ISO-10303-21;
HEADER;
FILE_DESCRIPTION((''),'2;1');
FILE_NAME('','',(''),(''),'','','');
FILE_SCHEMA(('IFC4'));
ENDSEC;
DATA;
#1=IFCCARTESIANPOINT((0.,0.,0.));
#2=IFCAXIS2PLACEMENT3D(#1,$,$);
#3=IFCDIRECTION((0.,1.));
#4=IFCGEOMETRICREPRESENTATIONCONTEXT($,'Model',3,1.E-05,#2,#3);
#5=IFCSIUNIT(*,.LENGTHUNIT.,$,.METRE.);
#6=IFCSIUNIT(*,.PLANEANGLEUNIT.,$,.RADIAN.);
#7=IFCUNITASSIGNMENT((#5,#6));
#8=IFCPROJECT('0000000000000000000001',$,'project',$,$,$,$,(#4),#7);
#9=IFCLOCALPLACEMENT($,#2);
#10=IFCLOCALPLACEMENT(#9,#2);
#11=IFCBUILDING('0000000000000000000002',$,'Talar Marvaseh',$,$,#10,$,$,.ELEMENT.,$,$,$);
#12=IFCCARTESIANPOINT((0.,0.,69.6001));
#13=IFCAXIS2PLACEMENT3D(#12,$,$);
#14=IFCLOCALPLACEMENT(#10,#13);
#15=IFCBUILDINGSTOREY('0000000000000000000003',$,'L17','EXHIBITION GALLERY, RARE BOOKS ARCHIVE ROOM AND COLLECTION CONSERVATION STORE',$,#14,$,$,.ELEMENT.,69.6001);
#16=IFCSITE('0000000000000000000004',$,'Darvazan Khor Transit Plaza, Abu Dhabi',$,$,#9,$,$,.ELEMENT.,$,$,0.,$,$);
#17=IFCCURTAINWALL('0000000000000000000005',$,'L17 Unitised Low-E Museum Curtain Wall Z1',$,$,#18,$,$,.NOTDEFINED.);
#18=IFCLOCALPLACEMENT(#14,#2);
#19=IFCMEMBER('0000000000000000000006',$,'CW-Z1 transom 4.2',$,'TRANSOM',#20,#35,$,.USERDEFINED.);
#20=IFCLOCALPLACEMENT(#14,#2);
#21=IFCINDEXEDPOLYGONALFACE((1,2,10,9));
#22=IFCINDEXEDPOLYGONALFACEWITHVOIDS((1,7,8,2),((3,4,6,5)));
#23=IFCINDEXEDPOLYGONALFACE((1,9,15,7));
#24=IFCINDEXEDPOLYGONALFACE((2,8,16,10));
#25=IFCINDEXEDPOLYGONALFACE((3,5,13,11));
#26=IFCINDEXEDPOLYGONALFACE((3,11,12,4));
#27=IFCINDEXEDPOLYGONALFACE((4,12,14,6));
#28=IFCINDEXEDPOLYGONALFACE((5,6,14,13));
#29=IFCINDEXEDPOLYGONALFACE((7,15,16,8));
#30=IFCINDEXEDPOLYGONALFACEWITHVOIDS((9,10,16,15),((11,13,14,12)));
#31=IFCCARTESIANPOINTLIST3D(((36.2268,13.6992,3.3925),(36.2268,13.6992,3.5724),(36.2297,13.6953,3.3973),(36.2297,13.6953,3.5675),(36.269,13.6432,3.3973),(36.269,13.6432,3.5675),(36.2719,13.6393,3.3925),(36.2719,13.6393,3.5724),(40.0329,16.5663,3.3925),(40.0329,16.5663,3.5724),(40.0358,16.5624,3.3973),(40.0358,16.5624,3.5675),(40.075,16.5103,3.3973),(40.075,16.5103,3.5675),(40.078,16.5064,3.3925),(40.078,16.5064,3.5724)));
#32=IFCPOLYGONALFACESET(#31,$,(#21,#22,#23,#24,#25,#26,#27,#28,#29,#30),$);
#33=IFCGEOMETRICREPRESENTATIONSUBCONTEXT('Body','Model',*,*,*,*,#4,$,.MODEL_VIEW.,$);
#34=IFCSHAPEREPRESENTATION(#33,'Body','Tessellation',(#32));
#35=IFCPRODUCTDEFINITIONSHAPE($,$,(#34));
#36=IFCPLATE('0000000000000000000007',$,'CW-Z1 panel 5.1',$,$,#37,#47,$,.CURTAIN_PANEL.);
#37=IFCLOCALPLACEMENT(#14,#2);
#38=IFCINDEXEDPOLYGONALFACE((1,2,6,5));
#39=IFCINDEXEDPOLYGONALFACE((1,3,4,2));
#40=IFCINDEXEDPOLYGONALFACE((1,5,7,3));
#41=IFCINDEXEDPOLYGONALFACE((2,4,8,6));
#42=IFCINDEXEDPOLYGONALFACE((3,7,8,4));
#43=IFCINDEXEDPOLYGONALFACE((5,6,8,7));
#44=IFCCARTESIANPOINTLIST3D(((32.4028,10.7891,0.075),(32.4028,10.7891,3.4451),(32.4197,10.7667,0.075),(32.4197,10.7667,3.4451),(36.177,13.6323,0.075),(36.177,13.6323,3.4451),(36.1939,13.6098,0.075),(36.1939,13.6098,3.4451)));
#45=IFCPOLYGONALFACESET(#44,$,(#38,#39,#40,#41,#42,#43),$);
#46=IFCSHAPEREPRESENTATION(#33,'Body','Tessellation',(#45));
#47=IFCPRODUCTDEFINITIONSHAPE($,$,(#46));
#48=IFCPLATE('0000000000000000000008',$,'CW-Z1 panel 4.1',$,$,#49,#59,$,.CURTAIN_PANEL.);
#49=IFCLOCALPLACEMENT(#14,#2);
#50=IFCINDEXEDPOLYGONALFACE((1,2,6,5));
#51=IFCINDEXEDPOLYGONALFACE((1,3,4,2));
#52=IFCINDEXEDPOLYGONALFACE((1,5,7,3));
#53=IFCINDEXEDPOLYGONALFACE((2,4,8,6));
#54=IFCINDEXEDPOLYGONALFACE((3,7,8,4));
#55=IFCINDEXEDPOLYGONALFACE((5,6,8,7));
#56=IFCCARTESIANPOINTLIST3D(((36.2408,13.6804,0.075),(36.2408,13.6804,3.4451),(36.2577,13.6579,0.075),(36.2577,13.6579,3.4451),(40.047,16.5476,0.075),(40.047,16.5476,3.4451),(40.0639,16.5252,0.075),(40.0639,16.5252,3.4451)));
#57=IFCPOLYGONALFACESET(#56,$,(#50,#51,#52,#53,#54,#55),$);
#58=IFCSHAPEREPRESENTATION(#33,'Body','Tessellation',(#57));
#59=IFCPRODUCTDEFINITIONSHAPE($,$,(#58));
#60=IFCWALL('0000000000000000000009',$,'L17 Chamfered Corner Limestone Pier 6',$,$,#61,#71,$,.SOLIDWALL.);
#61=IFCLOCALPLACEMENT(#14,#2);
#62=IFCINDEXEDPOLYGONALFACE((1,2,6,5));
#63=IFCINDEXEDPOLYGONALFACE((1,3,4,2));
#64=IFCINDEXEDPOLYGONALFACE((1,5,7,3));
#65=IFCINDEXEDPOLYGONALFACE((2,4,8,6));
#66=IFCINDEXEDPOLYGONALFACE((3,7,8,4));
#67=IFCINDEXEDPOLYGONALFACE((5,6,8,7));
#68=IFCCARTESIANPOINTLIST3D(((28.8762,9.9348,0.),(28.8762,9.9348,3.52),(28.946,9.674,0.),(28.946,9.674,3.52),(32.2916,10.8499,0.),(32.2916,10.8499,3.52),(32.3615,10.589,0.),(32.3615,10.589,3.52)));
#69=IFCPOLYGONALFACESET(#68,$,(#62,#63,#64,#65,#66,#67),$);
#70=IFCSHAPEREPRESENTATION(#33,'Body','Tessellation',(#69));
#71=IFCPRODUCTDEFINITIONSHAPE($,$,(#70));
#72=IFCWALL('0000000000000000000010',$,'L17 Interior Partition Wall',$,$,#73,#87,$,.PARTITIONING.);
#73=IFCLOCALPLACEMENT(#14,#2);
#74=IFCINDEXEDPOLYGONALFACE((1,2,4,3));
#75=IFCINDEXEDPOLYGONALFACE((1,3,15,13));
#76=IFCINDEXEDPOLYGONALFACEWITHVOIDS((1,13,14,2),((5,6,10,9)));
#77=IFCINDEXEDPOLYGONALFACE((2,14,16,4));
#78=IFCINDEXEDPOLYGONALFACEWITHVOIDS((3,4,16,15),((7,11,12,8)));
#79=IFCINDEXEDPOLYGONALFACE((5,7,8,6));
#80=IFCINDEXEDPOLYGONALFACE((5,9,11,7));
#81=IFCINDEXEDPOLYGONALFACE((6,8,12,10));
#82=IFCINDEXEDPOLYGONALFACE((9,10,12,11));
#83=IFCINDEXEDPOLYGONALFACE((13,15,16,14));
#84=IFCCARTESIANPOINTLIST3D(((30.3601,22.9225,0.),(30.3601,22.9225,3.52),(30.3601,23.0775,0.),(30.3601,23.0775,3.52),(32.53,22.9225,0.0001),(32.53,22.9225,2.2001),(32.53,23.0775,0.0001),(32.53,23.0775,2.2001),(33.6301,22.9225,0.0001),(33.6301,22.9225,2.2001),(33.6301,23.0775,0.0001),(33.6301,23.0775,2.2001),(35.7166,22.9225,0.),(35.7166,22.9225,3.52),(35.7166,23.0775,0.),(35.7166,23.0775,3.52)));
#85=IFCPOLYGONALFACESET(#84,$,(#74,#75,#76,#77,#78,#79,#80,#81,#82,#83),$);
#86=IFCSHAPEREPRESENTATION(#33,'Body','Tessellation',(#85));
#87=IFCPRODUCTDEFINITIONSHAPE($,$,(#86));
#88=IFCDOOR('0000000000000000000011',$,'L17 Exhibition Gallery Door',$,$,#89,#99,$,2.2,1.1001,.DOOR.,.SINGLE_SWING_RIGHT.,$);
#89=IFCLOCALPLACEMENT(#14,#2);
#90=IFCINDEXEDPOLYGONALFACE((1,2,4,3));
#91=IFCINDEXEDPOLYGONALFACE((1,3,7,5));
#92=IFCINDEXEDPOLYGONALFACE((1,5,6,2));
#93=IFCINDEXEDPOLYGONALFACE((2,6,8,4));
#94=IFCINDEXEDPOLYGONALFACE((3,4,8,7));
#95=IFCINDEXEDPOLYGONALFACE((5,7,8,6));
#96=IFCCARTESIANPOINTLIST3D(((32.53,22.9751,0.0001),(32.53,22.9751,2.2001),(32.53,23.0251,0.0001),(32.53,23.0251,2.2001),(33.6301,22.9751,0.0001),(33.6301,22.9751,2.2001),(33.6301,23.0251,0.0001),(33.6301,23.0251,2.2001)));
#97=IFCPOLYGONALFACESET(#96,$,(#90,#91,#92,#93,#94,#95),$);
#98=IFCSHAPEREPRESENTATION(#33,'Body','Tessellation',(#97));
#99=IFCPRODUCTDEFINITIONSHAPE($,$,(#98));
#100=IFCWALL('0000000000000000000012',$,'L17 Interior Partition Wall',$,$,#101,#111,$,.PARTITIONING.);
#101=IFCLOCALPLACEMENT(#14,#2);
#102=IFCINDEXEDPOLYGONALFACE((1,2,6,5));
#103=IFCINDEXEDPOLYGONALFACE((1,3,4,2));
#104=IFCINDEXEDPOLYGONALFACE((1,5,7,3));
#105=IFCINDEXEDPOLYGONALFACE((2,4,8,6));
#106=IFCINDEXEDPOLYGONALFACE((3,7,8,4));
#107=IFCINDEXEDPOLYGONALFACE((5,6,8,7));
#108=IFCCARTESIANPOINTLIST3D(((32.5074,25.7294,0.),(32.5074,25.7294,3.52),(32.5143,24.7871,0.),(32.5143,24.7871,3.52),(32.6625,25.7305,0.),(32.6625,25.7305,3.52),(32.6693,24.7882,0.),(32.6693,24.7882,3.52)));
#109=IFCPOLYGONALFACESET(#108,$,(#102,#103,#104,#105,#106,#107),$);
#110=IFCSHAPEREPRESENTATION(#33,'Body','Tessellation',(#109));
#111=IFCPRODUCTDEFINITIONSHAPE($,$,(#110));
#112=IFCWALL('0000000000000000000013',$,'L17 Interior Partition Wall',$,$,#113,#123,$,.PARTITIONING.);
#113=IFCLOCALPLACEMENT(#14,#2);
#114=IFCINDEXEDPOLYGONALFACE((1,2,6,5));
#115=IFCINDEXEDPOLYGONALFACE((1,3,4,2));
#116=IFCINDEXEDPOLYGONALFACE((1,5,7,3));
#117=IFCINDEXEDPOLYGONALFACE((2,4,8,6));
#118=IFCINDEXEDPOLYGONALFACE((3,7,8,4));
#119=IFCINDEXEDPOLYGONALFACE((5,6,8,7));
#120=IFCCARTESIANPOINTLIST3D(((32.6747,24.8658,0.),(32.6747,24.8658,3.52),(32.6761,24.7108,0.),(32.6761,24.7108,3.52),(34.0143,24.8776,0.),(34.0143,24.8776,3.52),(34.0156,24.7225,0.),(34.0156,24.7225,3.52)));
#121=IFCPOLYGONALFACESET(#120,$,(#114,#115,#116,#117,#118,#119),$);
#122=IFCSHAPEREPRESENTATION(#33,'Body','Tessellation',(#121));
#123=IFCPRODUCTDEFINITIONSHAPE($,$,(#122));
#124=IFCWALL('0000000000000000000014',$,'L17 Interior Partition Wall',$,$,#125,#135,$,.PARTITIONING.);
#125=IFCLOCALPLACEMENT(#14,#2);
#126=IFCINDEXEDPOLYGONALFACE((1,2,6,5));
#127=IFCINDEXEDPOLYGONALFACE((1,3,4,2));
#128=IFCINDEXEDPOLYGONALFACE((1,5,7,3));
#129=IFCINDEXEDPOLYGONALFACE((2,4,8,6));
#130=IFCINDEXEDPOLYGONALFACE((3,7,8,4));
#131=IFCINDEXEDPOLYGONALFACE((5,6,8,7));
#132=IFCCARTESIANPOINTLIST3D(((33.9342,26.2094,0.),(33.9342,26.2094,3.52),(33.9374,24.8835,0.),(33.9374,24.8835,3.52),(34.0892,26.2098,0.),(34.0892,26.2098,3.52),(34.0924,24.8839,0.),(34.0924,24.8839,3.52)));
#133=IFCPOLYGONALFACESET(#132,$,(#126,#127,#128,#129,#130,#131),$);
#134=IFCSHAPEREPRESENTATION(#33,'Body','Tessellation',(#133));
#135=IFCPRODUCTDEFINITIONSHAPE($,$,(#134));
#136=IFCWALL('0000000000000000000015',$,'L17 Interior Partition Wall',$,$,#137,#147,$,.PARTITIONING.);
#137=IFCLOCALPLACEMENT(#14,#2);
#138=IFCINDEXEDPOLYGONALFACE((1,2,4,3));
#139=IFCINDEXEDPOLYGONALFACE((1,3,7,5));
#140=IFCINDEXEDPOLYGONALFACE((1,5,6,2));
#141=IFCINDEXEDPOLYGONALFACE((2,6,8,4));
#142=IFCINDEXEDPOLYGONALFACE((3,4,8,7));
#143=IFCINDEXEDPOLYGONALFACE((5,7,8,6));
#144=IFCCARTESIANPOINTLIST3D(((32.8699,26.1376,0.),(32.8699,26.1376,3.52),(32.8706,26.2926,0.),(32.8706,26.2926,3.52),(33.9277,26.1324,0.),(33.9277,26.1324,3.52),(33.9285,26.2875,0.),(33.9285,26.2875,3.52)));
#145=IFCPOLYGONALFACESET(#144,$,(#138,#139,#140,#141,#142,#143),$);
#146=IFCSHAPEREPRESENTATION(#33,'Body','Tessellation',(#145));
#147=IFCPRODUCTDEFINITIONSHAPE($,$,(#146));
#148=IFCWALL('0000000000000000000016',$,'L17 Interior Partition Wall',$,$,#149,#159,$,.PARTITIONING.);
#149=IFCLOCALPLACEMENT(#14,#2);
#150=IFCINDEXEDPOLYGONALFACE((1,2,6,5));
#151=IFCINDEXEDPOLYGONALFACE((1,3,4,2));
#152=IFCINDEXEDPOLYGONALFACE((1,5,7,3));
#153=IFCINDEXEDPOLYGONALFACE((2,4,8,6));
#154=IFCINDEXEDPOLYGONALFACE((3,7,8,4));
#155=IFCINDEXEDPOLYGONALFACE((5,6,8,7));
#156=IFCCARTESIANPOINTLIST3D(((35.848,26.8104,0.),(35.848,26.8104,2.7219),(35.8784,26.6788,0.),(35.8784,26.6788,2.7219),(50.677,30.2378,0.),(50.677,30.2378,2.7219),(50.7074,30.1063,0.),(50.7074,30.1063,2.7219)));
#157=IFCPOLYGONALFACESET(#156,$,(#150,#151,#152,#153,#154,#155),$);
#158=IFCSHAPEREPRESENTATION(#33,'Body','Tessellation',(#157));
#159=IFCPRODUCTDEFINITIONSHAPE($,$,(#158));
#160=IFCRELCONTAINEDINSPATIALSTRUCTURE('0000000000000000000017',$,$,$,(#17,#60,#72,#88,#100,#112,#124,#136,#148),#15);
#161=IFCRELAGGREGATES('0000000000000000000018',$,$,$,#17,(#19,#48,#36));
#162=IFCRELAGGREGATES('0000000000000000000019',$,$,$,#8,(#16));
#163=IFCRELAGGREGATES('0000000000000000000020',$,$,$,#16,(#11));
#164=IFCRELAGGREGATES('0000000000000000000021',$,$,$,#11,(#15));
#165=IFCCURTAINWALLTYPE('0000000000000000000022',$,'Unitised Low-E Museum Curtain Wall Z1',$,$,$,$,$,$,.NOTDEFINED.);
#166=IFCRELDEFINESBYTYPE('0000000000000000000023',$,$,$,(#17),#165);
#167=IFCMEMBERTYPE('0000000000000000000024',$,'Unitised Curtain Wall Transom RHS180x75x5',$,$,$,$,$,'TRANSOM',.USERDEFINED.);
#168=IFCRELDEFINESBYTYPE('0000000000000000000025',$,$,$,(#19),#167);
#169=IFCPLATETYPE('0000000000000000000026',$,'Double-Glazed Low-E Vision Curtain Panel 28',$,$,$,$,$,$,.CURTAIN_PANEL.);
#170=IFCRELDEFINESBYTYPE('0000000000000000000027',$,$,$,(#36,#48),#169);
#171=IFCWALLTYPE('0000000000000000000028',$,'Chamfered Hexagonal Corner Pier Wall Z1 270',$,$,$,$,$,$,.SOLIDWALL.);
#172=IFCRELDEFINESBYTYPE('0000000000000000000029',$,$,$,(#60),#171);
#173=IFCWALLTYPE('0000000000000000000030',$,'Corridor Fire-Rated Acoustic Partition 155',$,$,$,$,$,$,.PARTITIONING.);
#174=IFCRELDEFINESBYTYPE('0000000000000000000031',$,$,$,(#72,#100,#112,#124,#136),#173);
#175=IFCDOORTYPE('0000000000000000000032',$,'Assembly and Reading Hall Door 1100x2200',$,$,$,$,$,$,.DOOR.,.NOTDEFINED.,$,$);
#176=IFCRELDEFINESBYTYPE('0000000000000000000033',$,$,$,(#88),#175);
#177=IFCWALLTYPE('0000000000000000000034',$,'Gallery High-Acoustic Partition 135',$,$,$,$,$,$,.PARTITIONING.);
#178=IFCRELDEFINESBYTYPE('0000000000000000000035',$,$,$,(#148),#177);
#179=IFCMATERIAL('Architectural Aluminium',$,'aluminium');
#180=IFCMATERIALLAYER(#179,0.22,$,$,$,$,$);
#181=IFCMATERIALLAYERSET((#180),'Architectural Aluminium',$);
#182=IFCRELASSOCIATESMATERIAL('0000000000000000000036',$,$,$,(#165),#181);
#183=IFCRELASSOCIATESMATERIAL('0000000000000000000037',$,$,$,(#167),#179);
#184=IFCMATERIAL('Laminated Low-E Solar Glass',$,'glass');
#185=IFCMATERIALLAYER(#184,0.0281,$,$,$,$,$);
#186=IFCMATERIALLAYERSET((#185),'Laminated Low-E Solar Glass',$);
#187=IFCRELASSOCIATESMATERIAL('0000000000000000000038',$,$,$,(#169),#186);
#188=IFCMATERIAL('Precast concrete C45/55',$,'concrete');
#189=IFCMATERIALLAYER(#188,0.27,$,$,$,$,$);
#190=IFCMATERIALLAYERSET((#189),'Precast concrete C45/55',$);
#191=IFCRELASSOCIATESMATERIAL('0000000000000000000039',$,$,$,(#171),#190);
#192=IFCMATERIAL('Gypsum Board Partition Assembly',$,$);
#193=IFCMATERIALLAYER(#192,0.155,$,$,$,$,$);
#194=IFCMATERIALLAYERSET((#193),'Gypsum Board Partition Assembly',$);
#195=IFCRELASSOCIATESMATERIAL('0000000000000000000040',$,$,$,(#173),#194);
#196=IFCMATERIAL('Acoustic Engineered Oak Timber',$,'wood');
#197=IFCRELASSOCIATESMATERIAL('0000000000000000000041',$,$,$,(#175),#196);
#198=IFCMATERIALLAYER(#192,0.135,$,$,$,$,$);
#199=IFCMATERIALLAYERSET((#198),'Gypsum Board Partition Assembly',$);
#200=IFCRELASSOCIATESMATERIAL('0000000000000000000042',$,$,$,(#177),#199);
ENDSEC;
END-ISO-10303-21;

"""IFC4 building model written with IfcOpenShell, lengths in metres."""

from ifc_helpers import new_model, si_unit, direction, frame, frame_2d, origin, origin_2d, place, context, subcontext, project, spatial, rectangle, hollow_rectangle, extrude, source, transform, mapped, material, layer, layer_set, material_profile, profile_set, type_object, type_shapes, element, fill, aggregate, save


model = new_model("IFC4")

# Units and contexts
model_context = context("Model", 3, precision=1e-05, world=origin(), true_north=direction((0.0, 1.0)))
body_context = subcontext(model_context, "Body", "Model", "MODEL_VIEW")
ifc_project = project(units=[si_unit("LENGTHUNIT", "METRE"), si_unit("PLANEANGLEUNIT", "RADIAN")], contexts=[model_context])

# Site, building, storey
site_placement = place(None, origin())
site = spatial("IfcSite", under=ifc_project, at=site_placement, Name="Darvazan Khor Transit Plaza, Abu Dhabi", CompositionType="ELEMENT", RefElevation=0.0)
building_placement = place(site_placement, origin())
building = spatial("IfcBuilding", under=site, at=building_placement, Name="Talar Marvaseh", CompositionType="ELEMENT")
storey_placement = place(building_placement, frame((0.0, 0.0, 69.6001)))
storey = spatial("IfcBuildingStorey", under=building, at=storey_placement, Name="L17", Description="EXHIBITION GALLERY, RARE BOOKS ARCHIVE ROOM AND COLLECTION CONSERVATION STORE", CompositionType="ELEMENT", Elevation=69.6001)

# Curtain wall, member, plates
ifc_material_1 = material(Name="Architectural Aluminium", Category="aluminium")
ifc_layer_1 = layer(ifc_material_1, 0.22)
ifc_layer_set_1 = layer_set([ifc_layer_1], Name="Architectural Aluminium")
curtain_wall_type = type_object("IfcCurtainWallType", Name="Unitised Low-E Museum Curtain Wall Z1", PredefinedType="NOTDEFINED", material=ifc_layer_set_1)
curtain_wall_placement = place(storey_placement, origin())
curtain_wall = element("IfcCurtainWall", 1, at=curtain_wall_placement, inside=storey, type_object=curtain_wall_type, Name="L17 Unitised Low-E Museum Curtain Wall Z1", PredefinedType="NOTDEFINED")
ifc_material_profile_1 = material_profile(ifc_material_1, hollow_rectangle(XDim=0.075, YDim=0.1799, WallThickness=0.0049, at=origin_2d()), Name="RHS180x75x5")
ifc_profile_set_1 = profile_set([ifc_material_profile_1], Name="Architectural Aluminium")
member_type_1 = type_object("IfcMemberType", Name="Unitised Curtain Wall Transom RHS180x75x5", ElementType="TRANSOM", PredefinedType="USERDEFINED", material=ifc_profile_set_1)
shared_shape_1 = source(origin(), body_context, "Body", "SweptSolid", [
    extrude(hollow_rectangle(XDim=0.075, YDim=0.1799, WallThickness=0.0049, at=origin_2d()), origin(), (0.0, 0.0, 1.0), 4.7651),
])
member_1_placement = place(storey_placement, frame((40.0554, 16.5364, 3.4824), z_axis=(-0.798732, -0.601687, 0.0), x_axis=(0.601687, -0.798732, 0.0)))
member_1 = element("IfcMember", 2, at=member_1_placement, type_object=member_type_1, Name="CW-Z1 transom 4.2", ObjectType="TRANSOM", PredefinedType="USERDEFINED", context=body_context, shape_type="MappedRepresentation", body=[
    mapped(shared_shape_1, transform((0.0, 0.0, 0.0), x_axis=(1.0, 0.0, 0.0), y_axis=(0.0, 1.0, 0.0), z_axis=(0.0, 0.0, 1.0), scale=1.0)),
])
ifc_material_2 = material(Name="Laminated Low-E Solar Glass", Category="glass")
ifc_layer_2 = layer(ifc_material_2, 0.0281)
ifc_layer_set_2 = layer_set([ifc_layer_2], Name="Laminated Low-E Solar Glass")
plate_type = type_object("IfcPlateType", Name="Double-Glazed Low-E Vision Curtain Panel 28", PredefinedType="CURTAIN_PANEL", material=ifc_layer_set_2)
shared_shape_2 = source(origin(), body_context, "Body", "SweptSolid", [
    extrude(rectangle(XDim=4.7253, YDim=0.0281, at=origin_2d()), origin(), (0.0, 0.0, 1.0), 3.3701),
])
plate_1_placement = place(storey_placement, frame((34.2983, 12.1995, 0.075), z_axis=(0.0, 0.0, 1.0), x_axis=(-0.798729, -0.601691, 0.0)))
plate_1 = element("IfcPlate", 3, at=plate_1_placement, type_object=plate_type, Name="CW-Z1 panel 5.1", PredefinedType="CURTAIN_PANEL", context=body_context, shape_type="MappedRepresentation", body=[
    mapped(shared_shape_2, transform((0.0, 0.0, 0.0), x_axis=(1.0, 0.0, 0.0), y_axis=(0.0, 1.0, 0.0), z_axis=(0.0, 0.0, 1.0), scale=1.0)),
])
shared_shape_3 = source(origin(), body_context, "Body", "SweptSolid", [
    extrude(rectangle(XDim=4.7654, YDim=0.0281, at=origin_2d()), origin(), (0.0, 0.0, 1.0), 3.3701),
])
type_shapes(plate_type, [shared_shape_2, shared_shape_3])
plate_2_placement = place(storey_placement, frame((38.1523, 15.1028, 0.075), z_axis=(0.0, 0.0, 1.0), x_axis=(-0.798729, -0.601691, 0.0)))
plate_2 = element("IfcPlate", 4, at=plate_2_placement, type_object=plate_type, Name="CW-Z1 panel 4.1", PredefinedType="CURTAIN_PANEL", context=body_context, shape_type="MappedRepresentation", body=[
    mapped(shared_shape_3, transform((0.0, 0.0, 0.0), x_axis=(1.0, 0.0, 0.0), y_axis=(0.0, 1.0, 0.0), z_axis=(0.0, 0.0, 1.0), scale=1.0)),
])
aggregate(curtain_wall, [member_1, plate_2, plate_1])

# Wall
ifc_material_3 = material(Name="Precast concrete C45/55", Category="concrete")
ifc_layer_3 = layer(ifc_material_3, 0.27)
ifc_layer_set_3 = layer_set([ifc_layer_3], Name="Precast concrete C45/55")
wall_type_1 = type_object("IfcWallType", Name="Chamfered Hexagonal Corner Pier Wall Z1 270", PredefinedType="SOLIDWALL", material=ifc_layer_set_3)
wall_1_placement = place(storey_placement, frame((32.3267, 10.7195, 0.0), z_axis=(0.0, 0.0, 1.0), x_axis=(-0.965936, -0.25878, 0.0)))
element("IfcWall", 5, at=wall_1_placement, inside=storey, type_object=wall_type_1, Name="L17 Chamfered Corner Limestone Pier 6", PredefinedType="SOLIDWALL", context=body_context, shape_type="SweptSolid", body=[
    extrude(rectangle(XDim=3.5359, YDim=0.27, at=frame_2d((1.7681, 0.0))), origin(), (0.0, 0.0, 1.0), 3.52),
])

# Wall, opening, door
ifc_material_4 = material(Name="Gypsum Board Partition Assembly")
ifc_layer_4 = layer(ifc_material_4, 0.155)
ifc_layer_set_4 = layer_set([ifc_layer_4], Name="Gypsum Board Partition Assembly")
wall_type_2 = type_object("IfcWallType", Name="Corridor Fire-Rated Acoustic Partition 155", PredefinedType="PARTITIONING", material=ifc_layer_set_4)
wall_2_placement = place(storey_placement, frame((35.7166, 23.0, 0.0), z_axis=(0.0, 0.0, 1.0), x_axis=(-1.0, 0.0, 0.0)))
wall_2 = element("IfcWall", 6, at=wall_2_placement, inside=storey, type_object=wall_type_2, Name="L17 Interior Partition Wall", PredefinedType="PARTITIONING", context=body_context, shape_type="SweptSolid", body=[
    extrude(rectangle(XDim=5.3564, YDim=0.155, at=frame_2d((2.6782, 0.0))), origin(), (0.0, 0.0, 1.0), 3.52),
])
opening_1_placement = place(wall_2_placement, frame((2.0864, 0.0, 0.0)))
opening_1 = element("IfcOpeningElement", 7, at=opening_1_placement, cuts=wall_2, PredefinedType="OPENING", context=body_context, shape_type="SweptSolid", body=[
    extrude(rectangle(XDim=1.1001, YDim=2.2, at=frame_2d((0.55, 1.1001))), frame((0.0, 0.0874, 0.0), z_axis=(0.0, -1.0, 0.0), x_axis=(1.0, 0.0, 0.0)), (0.0, 0.0, 1.0), 0.175),
])
ifc_material_5 = material(Name="Acoustic Engineered Oak Timber", Category="wood")
door_type_1 = type_object("IfcDoorType", Name="Assembly and Reading Hall Door 1100x2200", OperationType="NOTDEFINED", PredefinedType="DOOR", material=ifc_material_5)
shared_shape_4 = source(origin(), body_context, "Body", "SweptSolid", [
    extrude(rectangle(XDim=1.1001, YDim=2.2, at=frame_2d((0.55, 1.1001))), frame((0.0, 0.0249, 0.0), z_axis=(0.0, -1.0, 0.0), x_axis=(1.0, 0.0, 0.0)), (0.0, 0.0, 1.0), 0.05),
])
type_shapes(door_type_1, [shared_shape_4])
door_1_placement = place(opening_1_placement, origin())
door_1 = element("IfcDoor", 8, at=door_1_placement, inside=storey, type_object=door_type_1, Name="L17 Exhibition Gallery Door", OperationType="SINGLE_SWING_RIGHT", OverallHeight=2.2, OverallWidth=1.1001, PredefinedType="DOOR", context=body_context, shape_type="MappedRepresentation", body=[
    mapped(shared_shape_4, transform((0.0, 0.0, 0.0), x_axis=(1.0, 0.0, 0.0), y_axis=(0.0, 1.0, 0.0), z_axis=(0.0, 0.0, 1.0), scale=1.0)),
])
fill(opening_1, door_1)

# Walls
wall_3_placement = place(storey_placement, frame((32.585, 25.73, 0.0), z_axis=(0.0, 0.0, 1.0), x_axis=(0.007254, -0.999974, 0.0)))
element("IfcWall", 9, at=wall_3_placement, inside=storey, type_object=wall_type_2, Name="L17 Interior Partition Wall", PredefinedType="PARTITIONING", context=body_context, shape_type="SweptSolid", body=[
    extrude(rectangle(XDim=0.9424, YDim=0.155, at=frame_2d((0.4712, 0.0))), origin(), (0.0, 0.0, 1.0), 3.52),
])
wall_4_placement = place(storey_placement, frame((32.6753, 24.7883, 0.0), z_axis=(0.0, 0.0, 1.0), x_axis=(0.999962, 0.008748, 0.0)))
element("IfcWall", 10, at=wall_4_placement, inside=storey, type_object=wall_type_2, Name="L17 Interior Partition Wall", PredefinedType="PARTITIONING", context=body_context, shape_type="SweptSolid", body=[
    extrude(rectangle(XDim=1.3396, YDim=0.155, at=frame_2d((0.6699, 0.0))), origin(), (0.0, 0.0, 1.0), 3.52),
])
wall_5_placement = place(storey_placement, frame((34.0149, 24.8835, 0.0), z_axis=(0.0, 0.0, 1.0), x_axis=(-0.002394, 0.999997, 0.0)))
element("IfcWall", 11, at=wall_5_placement, inside=storey, type_object=wall_type_2, Name="L17 Interior Partition Wall", PredefinedType="PARTITIONING", context=body_context, shape_type="SweptSolid", body=[
    extrude(rectangle(XDim=1.3259, YDim=0.155, at=frame_2d((0.6631, 0.0))), origin(), (0.0, 0.0, 1.0), 3.52),
])
wall_6_placement = place(storey_placement, frame((33.928, 26.21, 0.0), z_axis=(0.0, 0.0, 1.0), x_axis=(-0.999988, 0.004846, 0.0)))
element("IfcWall", 12, at=wall_6_placement, inside=storey, type_object=wall_type_2, Name="L17 Interior Partition Wall", PredefinedType="PARTITIONING", context=body_context, shape_type="SweptSolid", body=[
    extrude(rectangle(XDim=1.0579, YDim=0.155, at=frame_2d((0.5288, 0.0))), origin(), (0.0, 0.0, 1.0), 3.52),
])
ifc_layer_5 = layer(ifc_material_4, 0.135)
ifc_layer_set_5 = layer_set([ifc_layer_5], Name="Gypsum Board Partition Assembly")
wall_type_3 = type_object("IfcWallType", Name="Gallery High-Acoustic Partition 135", PredefinedType="PARTITIONING", material=ifc_layer_set_5)
wall_7_placement = place(storey_placement, frame((35.8633, 26.7446, 0.0), z_axis=(0.0, 0.0, 1.0), x_axis=(0.974314, 0.225196, 0.0)))
element("IfcWall", 13, at=wall_7_placement, inside=storey, type_object=wall_type_3, Name="L17 Interior Partition Wall", PredefinedType="PARTITIONING", context=body_context, shape_type="SweptSolid", body=[
    extrude(rectangle(XDim=15.22, YDim=0.135, at=frame_2d((7.6099, 0.0))), origin(), (0.0, 0.0, 1.0), 2.7219),
])

save(model, "model.ifc")
